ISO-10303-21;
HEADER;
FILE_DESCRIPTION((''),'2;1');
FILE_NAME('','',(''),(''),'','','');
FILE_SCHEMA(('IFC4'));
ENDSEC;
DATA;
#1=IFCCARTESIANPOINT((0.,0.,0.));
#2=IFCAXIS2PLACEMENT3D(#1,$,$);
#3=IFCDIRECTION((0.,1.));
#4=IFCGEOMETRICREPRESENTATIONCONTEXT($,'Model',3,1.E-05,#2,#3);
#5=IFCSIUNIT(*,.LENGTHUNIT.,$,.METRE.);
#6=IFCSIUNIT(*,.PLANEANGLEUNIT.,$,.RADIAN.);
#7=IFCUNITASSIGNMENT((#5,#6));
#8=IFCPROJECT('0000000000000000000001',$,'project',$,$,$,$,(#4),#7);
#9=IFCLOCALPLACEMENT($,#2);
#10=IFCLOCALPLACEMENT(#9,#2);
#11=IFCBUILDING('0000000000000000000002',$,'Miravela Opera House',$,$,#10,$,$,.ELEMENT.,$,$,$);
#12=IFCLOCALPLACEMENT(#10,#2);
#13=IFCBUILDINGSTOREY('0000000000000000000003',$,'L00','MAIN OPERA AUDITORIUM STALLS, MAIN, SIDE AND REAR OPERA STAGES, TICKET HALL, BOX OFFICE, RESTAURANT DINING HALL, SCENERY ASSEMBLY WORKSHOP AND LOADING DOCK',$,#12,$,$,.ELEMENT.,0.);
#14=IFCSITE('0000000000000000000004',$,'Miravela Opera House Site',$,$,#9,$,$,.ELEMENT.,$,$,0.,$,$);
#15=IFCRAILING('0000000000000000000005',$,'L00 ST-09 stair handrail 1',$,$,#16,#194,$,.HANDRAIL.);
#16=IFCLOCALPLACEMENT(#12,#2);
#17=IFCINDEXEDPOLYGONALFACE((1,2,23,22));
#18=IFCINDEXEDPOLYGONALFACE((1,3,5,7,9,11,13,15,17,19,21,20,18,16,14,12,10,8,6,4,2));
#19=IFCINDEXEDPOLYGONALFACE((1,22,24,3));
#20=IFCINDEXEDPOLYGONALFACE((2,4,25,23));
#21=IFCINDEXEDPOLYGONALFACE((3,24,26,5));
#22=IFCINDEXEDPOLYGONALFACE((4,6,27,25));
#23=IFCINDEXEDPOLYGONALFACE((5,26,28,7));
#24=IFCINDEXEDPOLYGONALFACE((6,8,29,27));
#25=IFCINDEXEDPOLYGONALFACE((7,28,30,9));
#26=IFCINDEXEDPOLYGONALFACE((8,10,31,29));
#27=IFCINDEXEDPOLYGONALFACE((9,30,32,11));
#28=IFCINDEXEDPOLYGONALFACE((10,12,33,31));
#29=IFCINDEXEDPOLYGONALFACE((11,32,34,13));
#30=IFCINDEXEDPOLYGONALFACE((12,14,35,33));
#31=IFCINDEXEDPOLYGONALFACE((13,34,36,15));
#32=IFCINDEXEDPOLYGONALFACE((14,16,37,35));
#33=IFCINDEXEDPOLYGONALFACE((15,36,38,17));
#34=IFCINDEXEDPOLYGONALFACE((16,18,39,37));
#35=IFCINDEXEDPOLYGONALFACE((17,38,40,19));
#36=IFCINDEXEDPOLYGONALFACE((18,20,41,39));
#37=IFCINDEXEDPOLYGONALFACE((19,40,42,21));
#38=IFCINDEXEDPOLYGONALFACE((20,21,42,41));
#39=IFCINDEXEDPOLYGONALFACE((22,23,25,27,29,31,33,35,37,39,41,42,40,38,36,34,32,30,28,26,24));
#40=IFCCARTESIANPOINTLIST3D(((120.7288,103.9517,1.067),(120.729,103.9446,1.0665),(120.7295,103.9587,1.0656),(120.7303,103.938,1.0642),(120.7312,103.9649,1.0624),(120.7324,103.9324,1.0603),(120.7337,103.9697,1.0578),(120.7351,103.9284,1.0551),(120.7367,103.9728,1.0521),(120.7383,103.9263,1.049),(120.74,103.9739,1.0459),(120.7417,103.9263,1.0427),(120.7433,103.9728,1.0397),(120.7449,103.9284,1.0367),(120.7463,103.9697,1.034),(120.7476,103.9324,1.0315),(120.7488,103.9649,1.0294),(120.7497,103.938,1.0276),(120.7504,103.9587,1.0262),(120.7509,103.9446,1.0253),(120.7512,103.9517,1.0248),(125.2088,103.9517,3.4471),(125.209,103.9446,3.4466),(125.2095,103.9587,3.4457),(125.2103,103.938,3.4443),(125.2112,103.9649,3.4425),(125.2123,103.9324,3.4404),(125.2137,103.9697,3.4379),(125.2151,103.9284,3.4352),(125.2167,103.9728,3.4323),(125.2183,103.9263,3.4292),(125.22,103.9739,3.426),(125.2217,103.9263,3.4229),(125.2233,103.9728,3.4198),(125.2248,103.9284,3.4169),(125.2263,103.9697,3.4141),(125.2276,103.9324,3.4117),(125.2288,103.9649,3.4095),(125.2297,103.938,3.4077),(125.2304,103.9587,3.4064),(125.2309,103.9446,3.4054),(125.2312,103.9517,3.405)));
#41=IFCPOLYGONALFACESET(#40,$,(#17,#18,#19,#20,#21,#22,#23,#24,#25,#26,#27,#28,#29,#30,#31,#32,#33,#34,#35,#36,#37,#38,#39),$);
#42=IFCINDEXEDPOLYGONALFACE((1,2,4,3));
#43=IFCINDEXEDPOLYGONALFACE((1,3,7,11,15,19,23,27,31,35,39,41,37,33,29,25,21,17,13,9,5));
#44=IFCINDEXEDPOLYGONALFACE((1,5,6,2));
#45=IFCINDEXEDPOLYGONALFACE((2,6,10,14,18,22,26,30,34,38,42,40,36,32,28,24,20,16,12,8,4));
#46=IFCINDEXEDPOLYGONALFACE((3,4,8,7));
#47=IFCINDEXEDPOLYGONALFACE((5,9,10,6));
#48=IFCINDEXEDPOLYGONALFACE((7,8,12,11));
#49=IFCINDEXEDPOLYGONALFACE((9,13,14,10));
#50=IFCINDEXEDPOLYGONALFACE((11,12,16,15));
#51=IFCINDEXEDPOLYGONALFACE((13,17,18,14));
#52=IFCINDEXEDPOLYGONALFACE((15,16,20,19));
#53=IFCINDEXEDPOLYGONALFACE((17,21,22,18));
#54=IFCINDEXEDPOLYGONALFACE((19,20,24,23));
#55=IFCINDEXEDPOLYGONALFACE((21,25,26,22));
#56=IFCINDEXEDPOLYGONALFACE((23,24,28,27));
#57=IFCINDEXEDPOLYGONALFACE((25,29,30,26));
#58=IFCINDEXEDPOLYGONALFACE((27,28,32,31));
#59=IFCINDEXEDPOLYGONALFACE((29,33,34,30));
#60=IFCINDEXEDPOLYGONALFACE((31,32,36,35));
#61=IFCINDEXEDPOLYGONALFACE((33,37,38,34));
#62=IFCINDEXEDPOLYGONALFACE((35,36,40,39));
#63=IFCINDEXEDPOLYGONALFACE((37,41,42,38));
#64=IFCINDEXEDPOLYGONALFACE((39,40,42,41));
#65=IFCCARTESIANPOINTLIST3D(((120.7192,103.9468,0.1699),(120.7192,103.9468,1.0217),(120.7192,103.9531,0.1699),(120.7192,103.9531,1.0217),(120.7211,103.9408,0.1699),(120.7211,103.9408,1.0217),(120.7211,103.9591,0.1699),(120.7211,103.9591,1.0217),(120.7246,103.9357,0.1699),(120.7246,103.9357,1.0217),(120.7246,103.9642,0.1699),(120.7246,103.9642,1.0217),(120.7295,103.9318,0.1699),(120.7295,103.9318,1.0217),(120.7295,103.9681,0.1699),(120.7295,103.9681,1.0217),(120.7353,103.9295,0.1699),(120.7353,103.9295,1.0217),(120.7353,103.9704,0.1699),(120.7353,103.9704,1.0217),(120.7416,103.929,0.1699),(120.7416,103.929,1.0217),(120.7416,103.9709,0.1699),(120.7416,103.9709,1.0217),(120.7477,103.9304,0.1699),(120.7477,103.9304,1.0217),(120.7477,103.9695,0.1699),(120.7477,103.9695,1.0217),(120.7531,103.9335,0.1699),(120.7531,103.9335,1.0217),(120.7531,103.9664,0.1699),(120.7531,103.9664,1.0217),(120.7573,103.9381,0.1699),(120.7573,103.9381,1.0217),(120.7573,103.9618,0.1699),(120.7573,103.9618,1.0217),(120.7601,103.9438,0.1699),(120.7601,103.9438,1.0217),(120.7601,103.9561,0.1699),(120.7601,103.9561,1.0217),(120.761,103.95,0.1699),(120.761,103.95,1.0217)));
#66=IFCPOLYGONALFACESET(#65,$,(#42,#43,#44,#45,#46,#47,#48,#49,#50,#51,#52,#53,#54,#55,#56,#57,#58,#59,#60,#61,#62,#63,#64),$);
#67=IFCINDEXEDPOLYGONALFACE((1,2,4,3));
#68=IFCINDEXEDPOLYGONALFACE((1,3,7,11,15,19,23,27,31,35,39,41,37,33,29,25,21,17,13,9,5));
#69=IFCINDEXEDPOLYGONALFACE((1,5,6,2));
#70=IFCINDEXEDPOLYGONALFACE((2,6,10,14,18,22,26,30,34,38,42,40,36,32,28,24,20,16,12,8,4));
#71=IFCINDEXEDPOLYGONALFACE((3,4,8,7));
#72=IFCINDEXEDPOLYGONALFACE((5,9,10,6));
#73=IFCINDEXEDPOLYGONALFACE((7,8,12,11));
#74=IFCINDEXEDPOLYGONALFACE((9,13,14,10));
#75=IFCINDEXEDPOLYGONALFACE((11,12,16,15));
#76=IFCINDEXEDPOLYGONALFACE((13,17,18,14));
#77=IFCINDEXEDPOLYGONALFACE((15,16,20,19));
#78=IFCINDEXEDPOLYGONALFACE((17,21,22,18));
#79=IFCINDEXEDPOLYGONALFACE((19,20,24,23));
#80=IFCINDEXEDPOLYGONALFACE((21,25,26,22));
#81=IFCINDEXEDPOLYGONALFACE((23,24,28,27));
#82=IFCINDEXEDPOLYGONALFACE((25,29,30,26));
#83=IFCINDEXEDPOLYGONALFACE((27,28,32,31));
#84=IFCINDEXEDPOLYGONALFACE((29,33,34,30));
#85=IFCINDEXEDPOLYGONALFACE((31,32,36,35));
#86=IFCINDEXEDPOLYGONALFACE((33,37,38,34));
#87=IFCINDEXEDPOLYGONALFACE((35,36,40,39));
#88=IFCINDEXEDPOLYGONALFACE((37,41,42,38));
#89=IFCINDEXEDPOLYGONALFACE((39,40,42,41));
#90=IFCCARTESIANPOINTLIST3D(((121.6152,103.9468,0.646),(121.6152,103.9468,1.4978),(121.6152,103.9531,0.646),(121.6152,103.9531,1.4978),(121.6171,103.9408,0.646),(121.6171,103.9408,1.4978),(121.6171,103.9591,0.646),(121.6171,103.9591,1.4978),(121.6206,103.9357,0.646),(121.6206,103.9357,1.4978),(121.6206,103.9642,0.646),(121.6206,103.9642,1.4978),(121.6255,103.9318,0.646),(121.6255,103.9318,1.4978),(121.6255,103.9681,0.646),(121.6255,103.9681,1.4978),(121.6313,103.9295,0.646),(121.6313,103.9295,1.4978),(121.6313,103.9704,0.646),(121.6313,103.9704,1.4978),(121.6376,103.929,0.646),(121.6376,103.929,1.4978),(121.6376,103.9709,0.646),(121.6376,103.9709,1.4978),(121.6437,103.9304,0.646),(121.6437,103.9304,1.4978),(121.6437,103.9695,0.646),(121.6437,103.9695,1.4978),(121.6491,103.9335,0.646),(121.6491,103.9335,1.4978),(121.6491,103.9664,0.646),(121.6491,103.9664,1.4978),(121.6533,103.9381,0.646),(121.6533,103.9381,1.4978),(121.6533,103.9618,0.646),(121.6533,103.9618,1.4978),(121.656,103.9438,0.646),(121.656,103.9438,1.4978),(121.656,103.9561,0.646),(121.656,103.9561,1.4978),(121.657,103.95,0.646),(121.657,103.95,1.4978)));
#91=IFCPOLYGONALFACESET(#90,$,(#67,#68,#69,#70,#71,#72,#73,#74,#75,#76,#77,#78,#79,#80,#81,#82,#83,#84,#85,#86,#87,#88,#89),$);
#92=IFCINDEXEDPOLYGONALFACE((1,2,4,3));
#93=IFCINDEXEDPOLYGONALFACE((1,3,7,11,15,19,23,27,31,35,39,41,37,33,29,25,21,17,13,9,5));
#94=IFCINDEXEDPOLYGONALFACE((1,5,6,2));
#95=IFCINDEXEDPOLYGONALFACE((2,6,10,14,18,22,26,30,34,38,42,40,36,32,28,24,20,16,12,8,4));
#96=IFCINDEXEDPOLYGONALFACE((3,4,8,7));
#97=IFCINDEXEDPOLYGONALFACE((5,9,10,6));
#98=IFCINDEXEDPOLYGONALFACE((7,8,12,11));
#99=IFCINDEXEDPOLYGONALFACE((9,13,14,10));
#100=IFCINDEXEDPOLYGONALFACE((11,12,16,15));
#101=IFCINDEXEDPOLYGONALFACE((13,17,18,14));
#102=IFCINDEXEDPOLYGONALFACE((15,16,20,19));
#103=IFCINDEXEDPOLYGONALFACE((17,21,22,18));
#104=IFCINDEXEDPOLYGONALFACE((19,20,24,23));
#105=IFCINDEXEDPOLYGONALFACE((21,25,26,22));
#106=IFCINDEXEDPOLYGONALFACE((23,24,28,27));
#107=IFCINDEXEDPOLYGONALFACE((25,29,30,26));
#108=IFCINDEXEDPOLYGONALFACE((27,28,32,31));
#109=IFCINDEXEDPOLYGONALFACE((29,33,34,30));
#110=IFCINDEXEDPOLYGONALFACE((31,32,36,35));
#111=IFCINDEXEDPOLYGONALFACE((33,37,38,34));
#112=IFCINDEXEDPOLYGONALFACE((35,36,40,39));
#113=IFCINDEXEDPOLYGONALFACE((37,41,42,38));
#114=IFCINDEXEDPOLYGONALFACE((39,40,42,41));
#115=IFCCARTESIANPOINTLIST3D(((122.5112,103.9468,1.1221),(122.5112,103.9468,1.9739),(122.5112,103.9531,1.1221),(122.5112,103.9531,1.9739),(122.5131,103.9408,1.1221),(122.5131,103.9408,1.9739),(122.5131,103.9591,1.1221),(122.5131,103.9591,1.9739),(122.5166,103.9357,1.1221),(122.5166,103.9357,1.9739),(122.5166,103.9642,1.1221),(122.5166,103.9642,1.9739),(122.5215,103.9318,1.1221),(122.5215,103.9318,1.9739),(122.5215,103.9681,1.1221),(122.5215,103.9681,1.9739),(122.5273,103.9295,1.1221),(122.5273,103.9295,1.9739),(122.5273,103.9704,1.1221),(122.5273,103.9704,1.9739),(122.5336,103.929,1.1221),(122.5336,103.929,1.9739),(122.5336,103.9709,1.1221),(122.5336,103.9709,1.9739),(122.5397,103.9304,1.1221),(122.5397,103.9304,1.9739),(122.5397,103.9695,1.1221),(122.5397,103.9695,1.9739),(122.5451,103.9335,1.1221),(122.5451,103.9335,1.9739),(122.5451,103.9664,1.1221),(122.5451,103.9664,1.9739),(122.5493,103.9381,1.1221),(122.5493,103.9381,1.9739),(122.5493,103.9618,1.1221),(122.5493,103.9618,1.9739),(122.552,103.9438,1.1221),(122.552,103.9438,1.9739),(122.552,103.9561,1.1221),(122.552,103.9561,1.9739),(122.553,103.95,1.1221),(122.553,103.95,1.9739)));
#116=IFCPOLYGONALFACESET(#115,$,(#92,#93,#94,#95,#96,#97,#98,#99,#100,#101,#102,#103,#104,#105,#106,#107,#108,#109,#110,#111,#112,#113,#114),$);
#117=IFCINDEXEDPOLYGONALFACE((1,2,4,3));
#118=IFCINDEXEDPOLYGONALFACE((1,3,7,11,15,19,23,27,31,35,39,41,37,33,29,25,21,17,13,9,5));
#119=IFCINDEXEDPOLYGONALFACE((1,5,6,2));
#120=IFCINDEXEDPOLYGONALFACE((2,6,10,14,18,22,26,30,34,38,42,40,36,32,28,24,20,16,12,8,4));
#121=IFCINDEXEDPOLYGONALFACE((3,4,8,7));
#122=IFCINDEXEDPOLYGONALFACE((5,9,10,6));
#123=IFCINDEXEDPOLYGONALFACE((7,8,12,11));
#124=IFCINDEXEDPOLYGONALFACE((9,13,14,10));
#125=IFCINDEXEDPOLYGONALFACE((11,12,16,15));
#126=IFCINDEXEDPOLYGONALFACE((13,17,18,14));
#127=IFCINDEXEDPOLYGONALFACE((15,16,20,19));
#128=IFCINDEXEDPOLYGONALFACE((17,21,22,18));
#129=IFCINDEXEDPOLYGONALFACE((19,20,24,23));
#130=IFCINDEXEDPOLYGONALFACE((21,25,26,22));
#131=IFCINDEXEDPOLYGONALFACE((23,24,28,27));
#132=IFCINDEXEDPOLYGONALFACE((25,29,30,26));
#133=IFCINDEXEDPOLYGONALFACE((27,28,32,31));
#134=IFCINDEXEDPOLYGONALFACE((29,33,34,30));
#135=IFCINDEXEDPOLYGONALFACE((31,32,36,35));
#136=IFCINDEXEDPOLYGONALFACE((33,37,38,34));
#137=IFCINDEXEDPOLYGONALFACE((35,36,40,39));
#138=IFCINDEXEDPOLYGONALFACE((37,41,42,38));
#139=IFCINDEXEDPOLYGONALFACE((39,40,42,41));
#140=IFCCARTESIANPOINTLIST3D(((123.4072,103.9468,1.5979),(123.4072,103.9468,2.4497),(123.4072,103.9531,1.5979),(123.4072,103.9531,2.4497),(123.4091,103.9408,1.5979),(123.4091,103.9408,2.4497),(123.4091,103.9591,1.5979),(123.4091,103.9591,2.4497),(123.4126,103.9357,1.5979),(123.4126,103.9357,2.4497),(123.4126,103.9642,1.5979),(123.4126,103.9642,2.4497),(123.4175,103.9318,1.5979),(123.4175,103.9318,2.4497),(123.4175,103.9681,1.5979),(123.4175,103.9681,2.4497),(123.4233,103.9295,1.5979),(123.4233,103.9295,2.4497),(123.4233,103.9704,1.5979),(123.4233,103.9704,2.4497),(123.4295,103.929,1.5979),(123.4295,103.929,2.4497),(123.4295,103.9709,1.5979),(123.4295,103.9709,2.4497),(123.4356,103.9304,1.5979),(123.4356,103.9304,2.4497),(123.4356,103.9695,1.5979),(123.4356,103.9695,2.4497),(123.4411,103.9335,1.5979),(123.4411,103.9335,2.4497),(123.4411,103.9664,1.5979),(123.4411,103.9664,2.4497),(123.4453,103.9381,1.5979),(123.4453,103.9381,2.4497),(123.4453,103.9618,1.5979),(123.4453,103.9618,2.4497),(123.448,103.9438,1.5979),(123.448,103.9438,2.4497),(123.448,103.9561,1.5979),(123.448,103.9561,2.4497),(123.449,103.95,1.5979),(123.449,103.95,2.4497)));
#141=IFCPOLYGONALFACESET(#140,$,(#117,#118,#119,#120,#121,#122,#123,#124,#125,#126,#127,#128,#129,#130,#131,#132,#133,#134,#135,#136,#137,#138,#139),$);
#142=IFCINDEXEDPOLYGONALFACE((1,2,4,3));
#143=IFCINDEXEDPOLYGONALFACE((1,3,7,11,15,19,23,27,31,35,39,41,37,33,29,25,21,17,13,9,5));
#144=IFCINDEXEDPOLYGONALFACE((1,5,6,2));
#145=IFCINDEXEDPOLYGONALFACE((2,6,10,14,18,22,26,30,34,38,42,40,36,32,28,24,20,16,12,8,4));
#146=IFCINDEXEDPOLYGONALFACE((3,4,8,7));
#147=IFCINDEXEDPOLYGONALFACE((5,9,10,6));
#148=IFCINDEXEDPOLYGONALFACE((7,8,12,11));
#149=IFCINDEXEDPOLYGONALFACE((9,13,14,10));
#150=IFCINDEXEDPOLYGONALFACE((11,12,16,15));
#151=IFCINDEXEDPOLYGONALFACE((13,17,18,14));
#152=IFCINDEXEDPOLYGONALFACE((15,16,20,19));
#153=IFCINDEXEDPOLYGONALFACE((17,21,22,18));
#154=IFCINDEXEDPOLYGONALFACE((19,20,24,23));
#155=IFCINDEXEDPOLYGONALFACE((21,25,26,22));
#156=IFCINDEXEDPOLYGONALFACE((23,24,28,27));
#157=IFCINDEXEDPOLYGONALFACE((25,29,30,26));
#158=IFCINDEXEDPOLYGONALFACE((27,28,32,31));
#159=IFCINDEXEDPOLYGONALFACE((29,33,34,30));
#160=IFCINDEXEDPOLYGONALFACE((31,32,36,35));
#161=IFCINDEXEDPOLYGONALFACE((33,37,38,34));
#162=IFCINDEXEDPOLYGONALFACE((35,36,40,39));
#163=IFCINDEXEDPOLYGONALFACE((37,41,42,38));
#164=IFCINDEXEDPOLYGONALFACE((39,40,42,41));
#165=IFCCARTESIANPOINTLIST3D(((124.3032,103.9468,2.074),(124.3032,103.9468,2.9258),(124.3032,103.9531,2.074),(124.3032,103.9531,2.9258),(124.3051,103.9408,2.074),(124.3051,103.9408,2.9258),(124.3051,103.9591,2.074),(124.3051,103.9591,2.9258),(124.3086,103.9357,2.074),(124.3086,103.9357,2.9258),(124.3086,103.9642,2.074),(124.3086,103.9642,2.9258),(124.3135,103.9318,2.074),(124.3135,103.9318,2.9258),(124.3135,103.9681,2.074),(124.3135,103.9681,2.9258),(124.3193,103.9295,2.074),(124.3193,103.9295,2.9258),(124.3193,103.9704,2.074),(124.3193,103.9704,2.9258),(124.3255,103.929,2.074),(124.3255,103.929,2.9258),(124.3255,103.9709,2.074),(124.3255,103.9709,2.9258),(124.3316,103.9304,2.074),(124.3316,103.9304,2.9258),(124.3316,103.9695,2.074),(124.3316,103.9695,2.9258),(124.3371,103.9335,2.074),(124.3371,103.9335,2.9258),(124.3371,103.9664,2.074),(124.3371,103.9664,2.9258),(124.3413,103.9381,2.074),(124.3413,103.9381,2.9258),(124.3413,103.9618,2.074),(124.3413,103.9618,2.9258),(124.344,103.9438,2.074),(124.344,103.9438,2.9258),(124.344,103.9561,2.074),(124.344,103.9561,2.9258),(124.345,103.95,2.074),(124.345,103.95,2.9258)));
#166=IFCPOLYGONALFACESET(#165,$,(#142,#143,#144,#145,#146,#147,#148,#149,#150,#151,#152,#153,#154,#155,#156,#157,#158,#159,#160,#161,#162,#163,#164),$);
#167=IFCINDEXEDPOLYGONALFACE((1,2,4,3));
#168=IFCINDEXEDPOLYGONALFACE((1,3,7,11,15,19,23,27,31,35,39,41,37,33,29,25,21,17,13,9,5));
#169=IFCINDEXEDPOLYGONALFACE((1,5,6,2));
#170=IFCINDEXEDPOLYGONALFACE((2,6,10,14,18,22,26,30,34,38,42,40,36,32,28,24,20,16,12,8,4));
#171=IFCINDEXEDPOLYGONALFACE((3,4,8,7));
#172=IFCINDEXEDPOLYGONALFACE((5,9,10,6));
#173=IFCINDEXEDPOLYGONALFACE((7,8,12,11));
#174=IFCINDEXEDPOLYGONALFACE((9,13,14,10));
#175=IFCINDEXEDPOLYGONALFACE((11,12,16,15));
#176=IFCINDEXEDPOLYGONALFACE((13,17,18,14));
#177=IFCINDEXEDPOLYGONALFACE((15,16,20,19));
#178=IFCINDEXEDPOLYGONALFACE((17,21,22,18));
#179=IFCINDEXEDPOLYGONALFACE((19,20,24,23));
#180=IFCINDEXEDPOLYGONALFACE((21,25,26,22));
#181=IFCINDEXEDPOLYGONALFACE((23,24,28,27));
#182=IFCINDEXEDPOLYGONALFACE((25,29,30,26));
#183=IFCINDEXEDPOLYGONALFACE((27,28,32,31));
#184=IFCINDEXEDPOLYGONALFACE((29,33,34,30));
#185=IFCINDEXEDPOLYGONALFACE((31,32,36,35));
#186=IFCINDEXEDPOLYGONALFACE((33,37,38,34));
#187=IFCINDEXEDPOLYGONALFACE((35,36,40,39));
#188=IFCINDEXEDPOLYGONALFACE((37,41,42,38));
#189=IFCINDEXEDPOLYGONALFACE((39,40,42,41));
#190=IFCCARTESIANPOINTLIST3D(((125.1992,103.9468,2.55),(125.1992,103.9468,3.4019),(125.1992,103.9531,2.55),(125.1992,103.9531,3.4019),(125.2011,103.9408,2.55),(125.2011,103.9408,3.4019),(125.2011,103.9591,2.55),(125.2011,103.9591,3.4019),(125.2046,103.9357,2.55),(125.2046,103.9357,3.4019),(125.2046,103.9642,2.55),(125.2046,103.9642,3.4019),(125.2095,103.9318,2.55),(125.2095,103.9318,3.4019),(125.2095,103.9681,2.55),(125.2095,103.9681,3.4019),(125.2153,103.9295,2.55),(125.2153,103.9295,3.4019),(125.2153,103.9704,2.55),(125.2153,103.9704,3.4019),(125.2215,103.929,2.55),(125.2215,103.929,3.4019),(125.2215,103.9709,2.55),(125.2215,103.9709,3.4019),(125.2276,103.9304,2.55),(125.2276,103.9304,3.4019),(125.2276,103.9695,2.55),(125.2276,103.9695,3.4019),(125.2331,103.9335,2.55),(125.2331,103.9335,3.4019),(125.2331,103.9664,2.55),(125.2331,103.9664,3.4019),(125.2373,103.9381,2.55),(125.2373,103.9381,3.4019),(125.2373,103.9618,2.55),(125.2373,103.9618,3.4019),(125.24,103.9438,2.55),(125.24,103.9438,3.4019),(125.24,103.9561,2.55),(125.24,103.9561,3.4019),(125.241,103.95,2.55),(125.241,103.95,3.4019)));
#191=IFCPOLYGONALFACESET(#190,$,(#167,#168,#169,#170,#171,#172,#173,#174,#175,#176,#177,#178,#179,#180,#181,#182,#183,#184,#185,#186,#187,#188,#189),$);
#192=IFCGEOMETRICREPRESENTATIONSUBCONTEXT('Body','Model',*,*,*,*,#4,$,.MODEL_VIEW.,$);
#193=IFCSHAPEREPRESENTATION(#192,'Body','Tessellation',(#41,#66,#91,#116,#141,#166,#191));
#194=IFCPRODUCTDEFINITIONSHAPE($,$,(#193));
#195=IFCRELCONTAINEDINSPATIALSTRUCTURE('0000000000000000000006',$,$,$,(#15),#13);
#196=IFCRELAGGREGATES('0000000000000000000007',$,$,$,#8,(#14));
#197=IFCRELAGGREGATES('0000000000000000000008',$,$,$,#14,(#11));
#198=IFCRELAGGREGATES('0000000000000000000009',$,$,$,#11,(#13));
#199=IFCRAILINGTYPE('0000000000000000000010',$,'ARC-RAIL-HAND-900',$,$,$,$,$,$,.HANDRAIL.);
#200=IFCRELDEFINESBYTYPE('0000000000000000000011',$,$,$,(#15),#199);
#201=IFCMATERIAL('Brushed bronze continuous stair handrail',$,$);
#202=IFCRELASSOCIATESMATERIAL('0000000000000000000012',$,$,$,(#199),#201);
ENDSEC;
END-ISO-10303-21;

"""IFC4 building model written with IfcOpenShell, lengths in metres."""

from ifc_helpers import new_model, si_unit, direction, frame, origin, origin_2d, place, context, subcontext, project, spatial, circle, extrude, material, type_object, element, save


model = new_model("IFC4")

# Units and contexts
model_context = context("Model", 3, precision=1e-05, world=origin(), true_north=direction((0.0, 1.0)))
body_context = subcontext(model_context, "Body", "Model", "MODEL_VIEW")
ifc_project = project(units=[si_unit("LENGTHUNIT", "METRE"), si_unit("PLANEANGLEUNIT", "RADIAN")], contexts=[model_context])

# Site, building, storey
site_placement = place(None, origin())
site = spatial("IfcSite", under=ifc_project, at=site_placement, Name="Miravela Opera House Site", CompositionType="ELEMENT", RefElevation=0.0)
building_placement = place(site_placement, origin())
building = spatial("IfcBuilding", under=site, at=building_placement, Name="Miravela Opera House", CompositionType="ELEMENT")
storey_placement = place(building_placement, origin())
storey = spatial("IfcBuildingStorey", under=building, at=storey_placement, Name="L00", Description="MAIN OPERA AUDITORIUM STALLS, MAIN, SIDE AND REAR OPERA STAGES, TICKET HALL, BOX OFFICE, RESTAURANT DINING HALL, SCENERY ASSEMBLY WORKSHOP AND LOADING DOCK", CompositionType="ELEMENT", Elevation=0.0)

# Railing
ifc_material_1 = material(Name="Brushed bronze continuous stair handrail")
railing_type_1 = type_object("IfcRailingType", Name="ARC-RAIL-HAND-900", PredefinedType="HANDRAIL", material=ifc_material_1)
railing_1_placement = place(storey_placement, frame((120.74, 103.95, 0.1699)))
element("IfcRailing", 1, at=railing_1_placement, inside=storey, type_object=railing_type_1, Name="L00 ST-09 stair handrail 1", PredefinedType="HANDRAIL", context=body_context, shape_type="SweptSolid", body=[
    extrude(circle(Radius=0.0239, at=origin_2d()), frame((0.0, 0.0, 0.876), z_axis=(0.883105, 0.0, 0.469176), x_axis=(0.0, 1.0, 0.0)), (0.0, 0.0, 1.0), 5.073),
    extrude(circle(Radius=0.021, at=origin_2d()), origin(), (0.0, 0.0, 1.0), 0.8518),
    extrude(circle(Radius=0.021, at=origin_2d()), frame((0.896, 0.0, 0.4761)), (0.0, 0.0, 1.0), 0.8518),
    extrude(circle(Radius=0.021, at=origin_2d()), frame((1.792, 0.0, 0.9521)), (0.0, 0.0, 1.0), 0.8518),
    extrude(circle(Radius=0.021, at=origin_2d()), frame((2.688, 0.0, 1.428)), (0.0, 0.0, 1.0), 0.8518),
    extrude(circle(Radius=0.021, at=origin_2d()), frame((3.584, 0.0, 1.9041)), (0.0, 0.0, 1.0), 0.8518),
    extrude(circle(Radius=0.021, at=origin_2d()), frame((4.48, 0.0, 2.3801)), (0.0, 0.0, 1.0), 0.8518),
])

save(model, "model.ifc")
